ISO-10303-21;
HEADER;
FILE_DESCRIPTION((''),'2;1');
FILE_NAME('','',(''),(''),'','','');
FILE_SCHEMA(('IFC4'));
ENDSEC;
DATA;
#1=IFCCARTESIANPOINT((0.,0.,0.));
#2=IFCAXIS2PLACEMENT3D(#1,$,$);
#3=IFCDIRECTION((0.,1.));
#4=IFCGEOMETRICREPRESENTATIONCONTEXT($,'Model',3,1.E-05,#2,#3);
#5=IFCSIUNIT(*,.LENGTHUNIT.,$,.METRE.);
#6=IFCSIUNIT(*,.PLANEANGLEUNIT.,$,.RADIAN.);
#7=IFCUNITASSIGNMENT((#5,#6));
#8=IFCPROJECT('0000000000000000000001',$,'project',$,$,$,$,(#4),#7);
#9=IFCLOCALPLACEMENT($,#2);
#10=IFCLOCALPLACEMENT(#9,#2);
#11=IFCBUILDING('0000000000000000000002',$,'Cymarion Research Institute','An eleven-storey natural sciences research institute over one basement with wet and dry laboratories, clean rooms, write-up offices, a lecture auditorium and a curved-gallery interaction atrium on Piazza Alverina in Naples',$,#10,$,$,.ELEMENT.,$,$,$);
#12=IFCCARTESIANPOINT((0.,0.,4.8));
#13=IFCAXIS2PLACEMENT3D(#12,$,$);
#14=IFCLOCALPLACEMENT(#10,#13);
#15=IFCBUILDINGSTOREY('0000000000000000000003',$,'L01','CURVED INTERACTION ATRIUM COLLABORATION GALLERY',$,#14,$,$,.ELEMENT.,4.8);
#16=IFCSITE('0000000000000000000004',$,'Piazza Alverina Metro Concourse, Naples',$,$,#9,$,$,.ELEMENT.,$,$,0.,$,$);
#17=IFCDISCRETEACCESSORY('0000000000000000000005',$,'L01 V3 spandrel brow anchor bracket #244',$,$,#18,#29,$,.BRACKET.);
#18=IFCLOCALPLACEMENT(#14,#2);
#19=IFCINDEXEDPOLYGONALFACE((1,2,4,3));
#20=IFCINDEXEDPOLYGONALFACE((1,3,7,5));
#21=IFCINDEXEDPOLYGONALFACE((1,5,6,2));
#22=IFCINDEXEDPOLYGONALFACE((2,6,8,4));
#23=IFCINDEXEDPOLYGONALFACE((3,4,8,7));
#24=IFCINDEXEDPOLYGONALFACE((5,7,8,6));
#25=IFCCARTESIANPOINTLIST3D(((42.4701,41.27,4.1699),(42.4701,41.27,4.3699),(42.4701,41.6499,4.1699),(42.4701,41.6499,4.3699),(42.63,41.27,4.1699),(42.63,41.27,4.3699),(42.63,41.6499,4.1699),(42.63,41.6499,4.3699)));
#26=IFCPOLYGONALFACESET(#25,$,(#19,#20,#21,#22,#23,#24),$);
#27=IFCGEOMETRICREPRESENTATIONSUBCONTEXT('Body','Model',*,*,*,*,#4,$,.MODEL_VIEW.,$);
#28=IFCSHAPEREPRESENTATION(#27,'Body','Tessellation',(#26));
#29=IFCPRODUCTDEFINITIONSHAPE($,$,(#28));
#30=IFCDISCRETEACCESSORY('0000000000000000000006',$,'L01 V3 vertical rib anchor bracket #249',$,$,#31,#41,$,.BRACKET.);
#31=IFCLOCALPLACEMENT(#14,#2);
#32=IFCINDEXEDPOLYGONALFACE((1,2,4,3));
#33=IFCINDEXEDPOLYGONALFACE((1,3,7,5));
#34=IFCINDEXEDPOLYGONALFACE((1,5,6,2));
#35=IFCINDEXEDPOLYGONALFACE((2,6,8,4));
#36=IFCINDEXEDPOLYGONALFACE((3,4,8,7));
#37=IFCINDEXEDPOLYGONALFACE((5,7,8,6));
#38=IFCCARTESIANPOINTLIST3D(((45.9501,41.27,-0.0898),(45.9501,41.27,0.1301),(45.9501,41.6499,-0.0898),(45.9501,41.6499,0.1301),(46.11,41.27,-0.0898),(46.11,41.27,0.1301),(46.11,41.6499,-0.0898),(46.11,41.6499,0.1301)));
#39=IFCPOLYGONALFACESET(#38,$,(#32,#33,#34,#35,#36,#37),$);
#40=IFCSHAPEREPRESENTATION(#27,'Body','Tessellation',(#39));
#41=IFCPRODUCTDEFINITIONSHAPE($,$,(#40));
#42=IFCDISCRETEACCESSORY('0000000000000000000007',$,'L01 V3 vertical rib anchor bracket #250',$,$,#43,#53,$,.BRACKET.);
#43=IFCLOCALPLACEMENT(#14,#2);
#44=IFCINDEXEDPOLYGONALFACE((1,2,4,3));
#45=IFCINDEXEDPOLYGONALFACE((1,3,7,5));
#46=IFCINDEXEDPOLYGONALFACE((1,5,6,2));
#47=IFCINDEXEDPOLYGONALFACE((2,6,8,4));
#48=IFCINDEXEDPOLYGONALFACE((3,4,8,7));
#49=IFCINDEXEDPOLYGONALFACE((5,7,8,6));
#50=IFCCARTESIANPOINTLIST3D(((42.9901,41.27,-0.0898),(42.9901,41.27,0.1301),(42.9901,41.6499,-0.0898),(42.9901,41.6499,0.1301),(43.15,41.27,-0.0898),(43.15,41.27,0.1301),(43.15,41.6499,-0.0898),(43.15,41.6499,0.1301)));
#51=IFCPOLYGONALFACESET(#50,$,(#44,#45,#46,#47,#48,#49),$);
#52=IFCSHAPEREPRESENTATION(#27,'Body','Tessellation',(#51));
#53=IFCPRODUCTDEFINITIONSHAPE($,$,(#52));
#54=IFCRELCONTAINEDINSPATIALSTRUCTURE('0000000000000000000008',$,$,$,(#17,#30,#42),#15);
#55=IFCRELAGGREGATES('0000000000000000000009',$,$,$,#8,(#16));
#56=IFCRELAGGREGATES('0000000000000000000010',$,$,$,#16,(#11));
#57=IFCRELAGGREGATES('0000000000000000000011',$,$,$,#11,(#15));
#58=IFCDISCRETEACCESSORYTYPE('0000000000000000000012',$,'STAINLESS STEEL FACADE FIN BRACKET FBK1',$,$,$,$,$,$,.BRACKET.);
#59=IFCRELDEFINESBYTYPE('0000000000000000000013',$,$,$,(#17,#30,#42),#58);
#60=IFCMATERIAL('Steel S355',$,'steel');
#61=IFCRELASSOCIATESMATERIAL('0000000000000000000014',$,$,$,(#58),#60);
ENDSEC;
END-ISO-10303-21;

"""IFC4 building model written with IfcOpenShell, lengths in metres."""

from ifc_helpers import new_model, si_unit, direction, frame, origin, origin_2d, place, context, subcontext, project, spatial, rectangle, extrude, material, type_object, element, save


model = new_model("IFC4")

# Units and contexts
model_context = context("Model", 3, precision=1e-05, world=origin(), true_north=direction((0.0, 1.0)))
body_context = subcontext(model_context, "Body", "Model", "MODEL_VIEW")
ifc_project = project(units=[si_unit("LENGTHUNIT", "METRE"), si_unit("PLANEANGLEUNIT", "RADIAN")], contexts=[model_context])

# Site, building, storey
site_placement = place(None, origin())
site = spatial("IfcSite", under=ifc_project, at=site_placement, Name="Piazza Alverina Metro Concourse, Naples", CompositionType="ELEMENT", RefElevation=0.0)
building_placement = place(site_placement, origin())
building = spatial("IfcBuilding", under=site, at=building_placement, Name="Cymarion Research Institute", Description="An eleven-storey natural sciences research institute over one basement with wet and dry laboratories, clean rooms, write-up offices, a lecture auditorium and a curved-gallery interaction atrium on Piazza Alverina in Naples", CompositionType="ELEMENT")
storey_placement = place(building_placement, frame((0.0, 0.0, 4.8)))
storey = spatial("IfcBuildingStorey", under=building, at=storey_placement, Name="L01", Description="CURVED INTERACTION ATRIUM COLLABORATION GALLERY", CompositionType="ELEMENT", Elevation=4.8)

# Shared definitions
ifc_material_1 = material(Name="Steel S355", Category="steel")

# Discrete accessories
discrete_accessory_type = type_object("IfcDiscreteAccessoryType", Name="STAINLESS STEEL FACADE FIN BRACKET FBK1", PredefinedType="BRACKET", material=ifc_material_1)
discrete_accessory_placement = place(storey_placement, frame((42.55, 41.46, 4.1699), z_axis=(0.0, 0.0, 1.0), x_axis=(0.0, 1.0, 0.0)))
element("IfcDiscreteAccessory", 1, at=discrete_accessory_placement, inside=storey, type_object=discrete_accessory_type, Name="L01 V3 spandrel brow anchor bracket #244", PredefinedType="BRACKET", context=body_context, shape_type="SweptSolid", body=[
    extrude(rectangle(XDim=0.3799, YDim=0.1599, at=origin_2d()), origin(), (0.0, 0.0, 1.0), 0.2),
])
for number, where, z_axis, x_axis, name in (
    (2, (46.03, 41.46, -0.0898), (0.0, 0.0, 1.0), (0.0, 1.0, 0.0), "L01 V3 vertical rib anchor bracket #249"),
    (3, (43.0701, 41.46, -0.0898), (0.0, 0.0, 1.0), (0.0, 1.0, 0.0), "L01 V3 vertical rib anchor bracket #250"),
):
    element("IfcDiscreteAccessory", number, at=place(storey_placement, frame(where, z_axis=z_axis, x_axis=x_axis)), inside=storey, type_object=discrete_accessory_type, Name=name, PredefinedType="BRACKET", context=body_context, shape_type="SweptSolid", body=[
        extrude(rectangle(XDim=0.3799, YDim=0.1599, at=origin_2d()), origin(), (0.0, 0.0, 1.0), 0.22),
    ])

save(model, "model.ifc")
